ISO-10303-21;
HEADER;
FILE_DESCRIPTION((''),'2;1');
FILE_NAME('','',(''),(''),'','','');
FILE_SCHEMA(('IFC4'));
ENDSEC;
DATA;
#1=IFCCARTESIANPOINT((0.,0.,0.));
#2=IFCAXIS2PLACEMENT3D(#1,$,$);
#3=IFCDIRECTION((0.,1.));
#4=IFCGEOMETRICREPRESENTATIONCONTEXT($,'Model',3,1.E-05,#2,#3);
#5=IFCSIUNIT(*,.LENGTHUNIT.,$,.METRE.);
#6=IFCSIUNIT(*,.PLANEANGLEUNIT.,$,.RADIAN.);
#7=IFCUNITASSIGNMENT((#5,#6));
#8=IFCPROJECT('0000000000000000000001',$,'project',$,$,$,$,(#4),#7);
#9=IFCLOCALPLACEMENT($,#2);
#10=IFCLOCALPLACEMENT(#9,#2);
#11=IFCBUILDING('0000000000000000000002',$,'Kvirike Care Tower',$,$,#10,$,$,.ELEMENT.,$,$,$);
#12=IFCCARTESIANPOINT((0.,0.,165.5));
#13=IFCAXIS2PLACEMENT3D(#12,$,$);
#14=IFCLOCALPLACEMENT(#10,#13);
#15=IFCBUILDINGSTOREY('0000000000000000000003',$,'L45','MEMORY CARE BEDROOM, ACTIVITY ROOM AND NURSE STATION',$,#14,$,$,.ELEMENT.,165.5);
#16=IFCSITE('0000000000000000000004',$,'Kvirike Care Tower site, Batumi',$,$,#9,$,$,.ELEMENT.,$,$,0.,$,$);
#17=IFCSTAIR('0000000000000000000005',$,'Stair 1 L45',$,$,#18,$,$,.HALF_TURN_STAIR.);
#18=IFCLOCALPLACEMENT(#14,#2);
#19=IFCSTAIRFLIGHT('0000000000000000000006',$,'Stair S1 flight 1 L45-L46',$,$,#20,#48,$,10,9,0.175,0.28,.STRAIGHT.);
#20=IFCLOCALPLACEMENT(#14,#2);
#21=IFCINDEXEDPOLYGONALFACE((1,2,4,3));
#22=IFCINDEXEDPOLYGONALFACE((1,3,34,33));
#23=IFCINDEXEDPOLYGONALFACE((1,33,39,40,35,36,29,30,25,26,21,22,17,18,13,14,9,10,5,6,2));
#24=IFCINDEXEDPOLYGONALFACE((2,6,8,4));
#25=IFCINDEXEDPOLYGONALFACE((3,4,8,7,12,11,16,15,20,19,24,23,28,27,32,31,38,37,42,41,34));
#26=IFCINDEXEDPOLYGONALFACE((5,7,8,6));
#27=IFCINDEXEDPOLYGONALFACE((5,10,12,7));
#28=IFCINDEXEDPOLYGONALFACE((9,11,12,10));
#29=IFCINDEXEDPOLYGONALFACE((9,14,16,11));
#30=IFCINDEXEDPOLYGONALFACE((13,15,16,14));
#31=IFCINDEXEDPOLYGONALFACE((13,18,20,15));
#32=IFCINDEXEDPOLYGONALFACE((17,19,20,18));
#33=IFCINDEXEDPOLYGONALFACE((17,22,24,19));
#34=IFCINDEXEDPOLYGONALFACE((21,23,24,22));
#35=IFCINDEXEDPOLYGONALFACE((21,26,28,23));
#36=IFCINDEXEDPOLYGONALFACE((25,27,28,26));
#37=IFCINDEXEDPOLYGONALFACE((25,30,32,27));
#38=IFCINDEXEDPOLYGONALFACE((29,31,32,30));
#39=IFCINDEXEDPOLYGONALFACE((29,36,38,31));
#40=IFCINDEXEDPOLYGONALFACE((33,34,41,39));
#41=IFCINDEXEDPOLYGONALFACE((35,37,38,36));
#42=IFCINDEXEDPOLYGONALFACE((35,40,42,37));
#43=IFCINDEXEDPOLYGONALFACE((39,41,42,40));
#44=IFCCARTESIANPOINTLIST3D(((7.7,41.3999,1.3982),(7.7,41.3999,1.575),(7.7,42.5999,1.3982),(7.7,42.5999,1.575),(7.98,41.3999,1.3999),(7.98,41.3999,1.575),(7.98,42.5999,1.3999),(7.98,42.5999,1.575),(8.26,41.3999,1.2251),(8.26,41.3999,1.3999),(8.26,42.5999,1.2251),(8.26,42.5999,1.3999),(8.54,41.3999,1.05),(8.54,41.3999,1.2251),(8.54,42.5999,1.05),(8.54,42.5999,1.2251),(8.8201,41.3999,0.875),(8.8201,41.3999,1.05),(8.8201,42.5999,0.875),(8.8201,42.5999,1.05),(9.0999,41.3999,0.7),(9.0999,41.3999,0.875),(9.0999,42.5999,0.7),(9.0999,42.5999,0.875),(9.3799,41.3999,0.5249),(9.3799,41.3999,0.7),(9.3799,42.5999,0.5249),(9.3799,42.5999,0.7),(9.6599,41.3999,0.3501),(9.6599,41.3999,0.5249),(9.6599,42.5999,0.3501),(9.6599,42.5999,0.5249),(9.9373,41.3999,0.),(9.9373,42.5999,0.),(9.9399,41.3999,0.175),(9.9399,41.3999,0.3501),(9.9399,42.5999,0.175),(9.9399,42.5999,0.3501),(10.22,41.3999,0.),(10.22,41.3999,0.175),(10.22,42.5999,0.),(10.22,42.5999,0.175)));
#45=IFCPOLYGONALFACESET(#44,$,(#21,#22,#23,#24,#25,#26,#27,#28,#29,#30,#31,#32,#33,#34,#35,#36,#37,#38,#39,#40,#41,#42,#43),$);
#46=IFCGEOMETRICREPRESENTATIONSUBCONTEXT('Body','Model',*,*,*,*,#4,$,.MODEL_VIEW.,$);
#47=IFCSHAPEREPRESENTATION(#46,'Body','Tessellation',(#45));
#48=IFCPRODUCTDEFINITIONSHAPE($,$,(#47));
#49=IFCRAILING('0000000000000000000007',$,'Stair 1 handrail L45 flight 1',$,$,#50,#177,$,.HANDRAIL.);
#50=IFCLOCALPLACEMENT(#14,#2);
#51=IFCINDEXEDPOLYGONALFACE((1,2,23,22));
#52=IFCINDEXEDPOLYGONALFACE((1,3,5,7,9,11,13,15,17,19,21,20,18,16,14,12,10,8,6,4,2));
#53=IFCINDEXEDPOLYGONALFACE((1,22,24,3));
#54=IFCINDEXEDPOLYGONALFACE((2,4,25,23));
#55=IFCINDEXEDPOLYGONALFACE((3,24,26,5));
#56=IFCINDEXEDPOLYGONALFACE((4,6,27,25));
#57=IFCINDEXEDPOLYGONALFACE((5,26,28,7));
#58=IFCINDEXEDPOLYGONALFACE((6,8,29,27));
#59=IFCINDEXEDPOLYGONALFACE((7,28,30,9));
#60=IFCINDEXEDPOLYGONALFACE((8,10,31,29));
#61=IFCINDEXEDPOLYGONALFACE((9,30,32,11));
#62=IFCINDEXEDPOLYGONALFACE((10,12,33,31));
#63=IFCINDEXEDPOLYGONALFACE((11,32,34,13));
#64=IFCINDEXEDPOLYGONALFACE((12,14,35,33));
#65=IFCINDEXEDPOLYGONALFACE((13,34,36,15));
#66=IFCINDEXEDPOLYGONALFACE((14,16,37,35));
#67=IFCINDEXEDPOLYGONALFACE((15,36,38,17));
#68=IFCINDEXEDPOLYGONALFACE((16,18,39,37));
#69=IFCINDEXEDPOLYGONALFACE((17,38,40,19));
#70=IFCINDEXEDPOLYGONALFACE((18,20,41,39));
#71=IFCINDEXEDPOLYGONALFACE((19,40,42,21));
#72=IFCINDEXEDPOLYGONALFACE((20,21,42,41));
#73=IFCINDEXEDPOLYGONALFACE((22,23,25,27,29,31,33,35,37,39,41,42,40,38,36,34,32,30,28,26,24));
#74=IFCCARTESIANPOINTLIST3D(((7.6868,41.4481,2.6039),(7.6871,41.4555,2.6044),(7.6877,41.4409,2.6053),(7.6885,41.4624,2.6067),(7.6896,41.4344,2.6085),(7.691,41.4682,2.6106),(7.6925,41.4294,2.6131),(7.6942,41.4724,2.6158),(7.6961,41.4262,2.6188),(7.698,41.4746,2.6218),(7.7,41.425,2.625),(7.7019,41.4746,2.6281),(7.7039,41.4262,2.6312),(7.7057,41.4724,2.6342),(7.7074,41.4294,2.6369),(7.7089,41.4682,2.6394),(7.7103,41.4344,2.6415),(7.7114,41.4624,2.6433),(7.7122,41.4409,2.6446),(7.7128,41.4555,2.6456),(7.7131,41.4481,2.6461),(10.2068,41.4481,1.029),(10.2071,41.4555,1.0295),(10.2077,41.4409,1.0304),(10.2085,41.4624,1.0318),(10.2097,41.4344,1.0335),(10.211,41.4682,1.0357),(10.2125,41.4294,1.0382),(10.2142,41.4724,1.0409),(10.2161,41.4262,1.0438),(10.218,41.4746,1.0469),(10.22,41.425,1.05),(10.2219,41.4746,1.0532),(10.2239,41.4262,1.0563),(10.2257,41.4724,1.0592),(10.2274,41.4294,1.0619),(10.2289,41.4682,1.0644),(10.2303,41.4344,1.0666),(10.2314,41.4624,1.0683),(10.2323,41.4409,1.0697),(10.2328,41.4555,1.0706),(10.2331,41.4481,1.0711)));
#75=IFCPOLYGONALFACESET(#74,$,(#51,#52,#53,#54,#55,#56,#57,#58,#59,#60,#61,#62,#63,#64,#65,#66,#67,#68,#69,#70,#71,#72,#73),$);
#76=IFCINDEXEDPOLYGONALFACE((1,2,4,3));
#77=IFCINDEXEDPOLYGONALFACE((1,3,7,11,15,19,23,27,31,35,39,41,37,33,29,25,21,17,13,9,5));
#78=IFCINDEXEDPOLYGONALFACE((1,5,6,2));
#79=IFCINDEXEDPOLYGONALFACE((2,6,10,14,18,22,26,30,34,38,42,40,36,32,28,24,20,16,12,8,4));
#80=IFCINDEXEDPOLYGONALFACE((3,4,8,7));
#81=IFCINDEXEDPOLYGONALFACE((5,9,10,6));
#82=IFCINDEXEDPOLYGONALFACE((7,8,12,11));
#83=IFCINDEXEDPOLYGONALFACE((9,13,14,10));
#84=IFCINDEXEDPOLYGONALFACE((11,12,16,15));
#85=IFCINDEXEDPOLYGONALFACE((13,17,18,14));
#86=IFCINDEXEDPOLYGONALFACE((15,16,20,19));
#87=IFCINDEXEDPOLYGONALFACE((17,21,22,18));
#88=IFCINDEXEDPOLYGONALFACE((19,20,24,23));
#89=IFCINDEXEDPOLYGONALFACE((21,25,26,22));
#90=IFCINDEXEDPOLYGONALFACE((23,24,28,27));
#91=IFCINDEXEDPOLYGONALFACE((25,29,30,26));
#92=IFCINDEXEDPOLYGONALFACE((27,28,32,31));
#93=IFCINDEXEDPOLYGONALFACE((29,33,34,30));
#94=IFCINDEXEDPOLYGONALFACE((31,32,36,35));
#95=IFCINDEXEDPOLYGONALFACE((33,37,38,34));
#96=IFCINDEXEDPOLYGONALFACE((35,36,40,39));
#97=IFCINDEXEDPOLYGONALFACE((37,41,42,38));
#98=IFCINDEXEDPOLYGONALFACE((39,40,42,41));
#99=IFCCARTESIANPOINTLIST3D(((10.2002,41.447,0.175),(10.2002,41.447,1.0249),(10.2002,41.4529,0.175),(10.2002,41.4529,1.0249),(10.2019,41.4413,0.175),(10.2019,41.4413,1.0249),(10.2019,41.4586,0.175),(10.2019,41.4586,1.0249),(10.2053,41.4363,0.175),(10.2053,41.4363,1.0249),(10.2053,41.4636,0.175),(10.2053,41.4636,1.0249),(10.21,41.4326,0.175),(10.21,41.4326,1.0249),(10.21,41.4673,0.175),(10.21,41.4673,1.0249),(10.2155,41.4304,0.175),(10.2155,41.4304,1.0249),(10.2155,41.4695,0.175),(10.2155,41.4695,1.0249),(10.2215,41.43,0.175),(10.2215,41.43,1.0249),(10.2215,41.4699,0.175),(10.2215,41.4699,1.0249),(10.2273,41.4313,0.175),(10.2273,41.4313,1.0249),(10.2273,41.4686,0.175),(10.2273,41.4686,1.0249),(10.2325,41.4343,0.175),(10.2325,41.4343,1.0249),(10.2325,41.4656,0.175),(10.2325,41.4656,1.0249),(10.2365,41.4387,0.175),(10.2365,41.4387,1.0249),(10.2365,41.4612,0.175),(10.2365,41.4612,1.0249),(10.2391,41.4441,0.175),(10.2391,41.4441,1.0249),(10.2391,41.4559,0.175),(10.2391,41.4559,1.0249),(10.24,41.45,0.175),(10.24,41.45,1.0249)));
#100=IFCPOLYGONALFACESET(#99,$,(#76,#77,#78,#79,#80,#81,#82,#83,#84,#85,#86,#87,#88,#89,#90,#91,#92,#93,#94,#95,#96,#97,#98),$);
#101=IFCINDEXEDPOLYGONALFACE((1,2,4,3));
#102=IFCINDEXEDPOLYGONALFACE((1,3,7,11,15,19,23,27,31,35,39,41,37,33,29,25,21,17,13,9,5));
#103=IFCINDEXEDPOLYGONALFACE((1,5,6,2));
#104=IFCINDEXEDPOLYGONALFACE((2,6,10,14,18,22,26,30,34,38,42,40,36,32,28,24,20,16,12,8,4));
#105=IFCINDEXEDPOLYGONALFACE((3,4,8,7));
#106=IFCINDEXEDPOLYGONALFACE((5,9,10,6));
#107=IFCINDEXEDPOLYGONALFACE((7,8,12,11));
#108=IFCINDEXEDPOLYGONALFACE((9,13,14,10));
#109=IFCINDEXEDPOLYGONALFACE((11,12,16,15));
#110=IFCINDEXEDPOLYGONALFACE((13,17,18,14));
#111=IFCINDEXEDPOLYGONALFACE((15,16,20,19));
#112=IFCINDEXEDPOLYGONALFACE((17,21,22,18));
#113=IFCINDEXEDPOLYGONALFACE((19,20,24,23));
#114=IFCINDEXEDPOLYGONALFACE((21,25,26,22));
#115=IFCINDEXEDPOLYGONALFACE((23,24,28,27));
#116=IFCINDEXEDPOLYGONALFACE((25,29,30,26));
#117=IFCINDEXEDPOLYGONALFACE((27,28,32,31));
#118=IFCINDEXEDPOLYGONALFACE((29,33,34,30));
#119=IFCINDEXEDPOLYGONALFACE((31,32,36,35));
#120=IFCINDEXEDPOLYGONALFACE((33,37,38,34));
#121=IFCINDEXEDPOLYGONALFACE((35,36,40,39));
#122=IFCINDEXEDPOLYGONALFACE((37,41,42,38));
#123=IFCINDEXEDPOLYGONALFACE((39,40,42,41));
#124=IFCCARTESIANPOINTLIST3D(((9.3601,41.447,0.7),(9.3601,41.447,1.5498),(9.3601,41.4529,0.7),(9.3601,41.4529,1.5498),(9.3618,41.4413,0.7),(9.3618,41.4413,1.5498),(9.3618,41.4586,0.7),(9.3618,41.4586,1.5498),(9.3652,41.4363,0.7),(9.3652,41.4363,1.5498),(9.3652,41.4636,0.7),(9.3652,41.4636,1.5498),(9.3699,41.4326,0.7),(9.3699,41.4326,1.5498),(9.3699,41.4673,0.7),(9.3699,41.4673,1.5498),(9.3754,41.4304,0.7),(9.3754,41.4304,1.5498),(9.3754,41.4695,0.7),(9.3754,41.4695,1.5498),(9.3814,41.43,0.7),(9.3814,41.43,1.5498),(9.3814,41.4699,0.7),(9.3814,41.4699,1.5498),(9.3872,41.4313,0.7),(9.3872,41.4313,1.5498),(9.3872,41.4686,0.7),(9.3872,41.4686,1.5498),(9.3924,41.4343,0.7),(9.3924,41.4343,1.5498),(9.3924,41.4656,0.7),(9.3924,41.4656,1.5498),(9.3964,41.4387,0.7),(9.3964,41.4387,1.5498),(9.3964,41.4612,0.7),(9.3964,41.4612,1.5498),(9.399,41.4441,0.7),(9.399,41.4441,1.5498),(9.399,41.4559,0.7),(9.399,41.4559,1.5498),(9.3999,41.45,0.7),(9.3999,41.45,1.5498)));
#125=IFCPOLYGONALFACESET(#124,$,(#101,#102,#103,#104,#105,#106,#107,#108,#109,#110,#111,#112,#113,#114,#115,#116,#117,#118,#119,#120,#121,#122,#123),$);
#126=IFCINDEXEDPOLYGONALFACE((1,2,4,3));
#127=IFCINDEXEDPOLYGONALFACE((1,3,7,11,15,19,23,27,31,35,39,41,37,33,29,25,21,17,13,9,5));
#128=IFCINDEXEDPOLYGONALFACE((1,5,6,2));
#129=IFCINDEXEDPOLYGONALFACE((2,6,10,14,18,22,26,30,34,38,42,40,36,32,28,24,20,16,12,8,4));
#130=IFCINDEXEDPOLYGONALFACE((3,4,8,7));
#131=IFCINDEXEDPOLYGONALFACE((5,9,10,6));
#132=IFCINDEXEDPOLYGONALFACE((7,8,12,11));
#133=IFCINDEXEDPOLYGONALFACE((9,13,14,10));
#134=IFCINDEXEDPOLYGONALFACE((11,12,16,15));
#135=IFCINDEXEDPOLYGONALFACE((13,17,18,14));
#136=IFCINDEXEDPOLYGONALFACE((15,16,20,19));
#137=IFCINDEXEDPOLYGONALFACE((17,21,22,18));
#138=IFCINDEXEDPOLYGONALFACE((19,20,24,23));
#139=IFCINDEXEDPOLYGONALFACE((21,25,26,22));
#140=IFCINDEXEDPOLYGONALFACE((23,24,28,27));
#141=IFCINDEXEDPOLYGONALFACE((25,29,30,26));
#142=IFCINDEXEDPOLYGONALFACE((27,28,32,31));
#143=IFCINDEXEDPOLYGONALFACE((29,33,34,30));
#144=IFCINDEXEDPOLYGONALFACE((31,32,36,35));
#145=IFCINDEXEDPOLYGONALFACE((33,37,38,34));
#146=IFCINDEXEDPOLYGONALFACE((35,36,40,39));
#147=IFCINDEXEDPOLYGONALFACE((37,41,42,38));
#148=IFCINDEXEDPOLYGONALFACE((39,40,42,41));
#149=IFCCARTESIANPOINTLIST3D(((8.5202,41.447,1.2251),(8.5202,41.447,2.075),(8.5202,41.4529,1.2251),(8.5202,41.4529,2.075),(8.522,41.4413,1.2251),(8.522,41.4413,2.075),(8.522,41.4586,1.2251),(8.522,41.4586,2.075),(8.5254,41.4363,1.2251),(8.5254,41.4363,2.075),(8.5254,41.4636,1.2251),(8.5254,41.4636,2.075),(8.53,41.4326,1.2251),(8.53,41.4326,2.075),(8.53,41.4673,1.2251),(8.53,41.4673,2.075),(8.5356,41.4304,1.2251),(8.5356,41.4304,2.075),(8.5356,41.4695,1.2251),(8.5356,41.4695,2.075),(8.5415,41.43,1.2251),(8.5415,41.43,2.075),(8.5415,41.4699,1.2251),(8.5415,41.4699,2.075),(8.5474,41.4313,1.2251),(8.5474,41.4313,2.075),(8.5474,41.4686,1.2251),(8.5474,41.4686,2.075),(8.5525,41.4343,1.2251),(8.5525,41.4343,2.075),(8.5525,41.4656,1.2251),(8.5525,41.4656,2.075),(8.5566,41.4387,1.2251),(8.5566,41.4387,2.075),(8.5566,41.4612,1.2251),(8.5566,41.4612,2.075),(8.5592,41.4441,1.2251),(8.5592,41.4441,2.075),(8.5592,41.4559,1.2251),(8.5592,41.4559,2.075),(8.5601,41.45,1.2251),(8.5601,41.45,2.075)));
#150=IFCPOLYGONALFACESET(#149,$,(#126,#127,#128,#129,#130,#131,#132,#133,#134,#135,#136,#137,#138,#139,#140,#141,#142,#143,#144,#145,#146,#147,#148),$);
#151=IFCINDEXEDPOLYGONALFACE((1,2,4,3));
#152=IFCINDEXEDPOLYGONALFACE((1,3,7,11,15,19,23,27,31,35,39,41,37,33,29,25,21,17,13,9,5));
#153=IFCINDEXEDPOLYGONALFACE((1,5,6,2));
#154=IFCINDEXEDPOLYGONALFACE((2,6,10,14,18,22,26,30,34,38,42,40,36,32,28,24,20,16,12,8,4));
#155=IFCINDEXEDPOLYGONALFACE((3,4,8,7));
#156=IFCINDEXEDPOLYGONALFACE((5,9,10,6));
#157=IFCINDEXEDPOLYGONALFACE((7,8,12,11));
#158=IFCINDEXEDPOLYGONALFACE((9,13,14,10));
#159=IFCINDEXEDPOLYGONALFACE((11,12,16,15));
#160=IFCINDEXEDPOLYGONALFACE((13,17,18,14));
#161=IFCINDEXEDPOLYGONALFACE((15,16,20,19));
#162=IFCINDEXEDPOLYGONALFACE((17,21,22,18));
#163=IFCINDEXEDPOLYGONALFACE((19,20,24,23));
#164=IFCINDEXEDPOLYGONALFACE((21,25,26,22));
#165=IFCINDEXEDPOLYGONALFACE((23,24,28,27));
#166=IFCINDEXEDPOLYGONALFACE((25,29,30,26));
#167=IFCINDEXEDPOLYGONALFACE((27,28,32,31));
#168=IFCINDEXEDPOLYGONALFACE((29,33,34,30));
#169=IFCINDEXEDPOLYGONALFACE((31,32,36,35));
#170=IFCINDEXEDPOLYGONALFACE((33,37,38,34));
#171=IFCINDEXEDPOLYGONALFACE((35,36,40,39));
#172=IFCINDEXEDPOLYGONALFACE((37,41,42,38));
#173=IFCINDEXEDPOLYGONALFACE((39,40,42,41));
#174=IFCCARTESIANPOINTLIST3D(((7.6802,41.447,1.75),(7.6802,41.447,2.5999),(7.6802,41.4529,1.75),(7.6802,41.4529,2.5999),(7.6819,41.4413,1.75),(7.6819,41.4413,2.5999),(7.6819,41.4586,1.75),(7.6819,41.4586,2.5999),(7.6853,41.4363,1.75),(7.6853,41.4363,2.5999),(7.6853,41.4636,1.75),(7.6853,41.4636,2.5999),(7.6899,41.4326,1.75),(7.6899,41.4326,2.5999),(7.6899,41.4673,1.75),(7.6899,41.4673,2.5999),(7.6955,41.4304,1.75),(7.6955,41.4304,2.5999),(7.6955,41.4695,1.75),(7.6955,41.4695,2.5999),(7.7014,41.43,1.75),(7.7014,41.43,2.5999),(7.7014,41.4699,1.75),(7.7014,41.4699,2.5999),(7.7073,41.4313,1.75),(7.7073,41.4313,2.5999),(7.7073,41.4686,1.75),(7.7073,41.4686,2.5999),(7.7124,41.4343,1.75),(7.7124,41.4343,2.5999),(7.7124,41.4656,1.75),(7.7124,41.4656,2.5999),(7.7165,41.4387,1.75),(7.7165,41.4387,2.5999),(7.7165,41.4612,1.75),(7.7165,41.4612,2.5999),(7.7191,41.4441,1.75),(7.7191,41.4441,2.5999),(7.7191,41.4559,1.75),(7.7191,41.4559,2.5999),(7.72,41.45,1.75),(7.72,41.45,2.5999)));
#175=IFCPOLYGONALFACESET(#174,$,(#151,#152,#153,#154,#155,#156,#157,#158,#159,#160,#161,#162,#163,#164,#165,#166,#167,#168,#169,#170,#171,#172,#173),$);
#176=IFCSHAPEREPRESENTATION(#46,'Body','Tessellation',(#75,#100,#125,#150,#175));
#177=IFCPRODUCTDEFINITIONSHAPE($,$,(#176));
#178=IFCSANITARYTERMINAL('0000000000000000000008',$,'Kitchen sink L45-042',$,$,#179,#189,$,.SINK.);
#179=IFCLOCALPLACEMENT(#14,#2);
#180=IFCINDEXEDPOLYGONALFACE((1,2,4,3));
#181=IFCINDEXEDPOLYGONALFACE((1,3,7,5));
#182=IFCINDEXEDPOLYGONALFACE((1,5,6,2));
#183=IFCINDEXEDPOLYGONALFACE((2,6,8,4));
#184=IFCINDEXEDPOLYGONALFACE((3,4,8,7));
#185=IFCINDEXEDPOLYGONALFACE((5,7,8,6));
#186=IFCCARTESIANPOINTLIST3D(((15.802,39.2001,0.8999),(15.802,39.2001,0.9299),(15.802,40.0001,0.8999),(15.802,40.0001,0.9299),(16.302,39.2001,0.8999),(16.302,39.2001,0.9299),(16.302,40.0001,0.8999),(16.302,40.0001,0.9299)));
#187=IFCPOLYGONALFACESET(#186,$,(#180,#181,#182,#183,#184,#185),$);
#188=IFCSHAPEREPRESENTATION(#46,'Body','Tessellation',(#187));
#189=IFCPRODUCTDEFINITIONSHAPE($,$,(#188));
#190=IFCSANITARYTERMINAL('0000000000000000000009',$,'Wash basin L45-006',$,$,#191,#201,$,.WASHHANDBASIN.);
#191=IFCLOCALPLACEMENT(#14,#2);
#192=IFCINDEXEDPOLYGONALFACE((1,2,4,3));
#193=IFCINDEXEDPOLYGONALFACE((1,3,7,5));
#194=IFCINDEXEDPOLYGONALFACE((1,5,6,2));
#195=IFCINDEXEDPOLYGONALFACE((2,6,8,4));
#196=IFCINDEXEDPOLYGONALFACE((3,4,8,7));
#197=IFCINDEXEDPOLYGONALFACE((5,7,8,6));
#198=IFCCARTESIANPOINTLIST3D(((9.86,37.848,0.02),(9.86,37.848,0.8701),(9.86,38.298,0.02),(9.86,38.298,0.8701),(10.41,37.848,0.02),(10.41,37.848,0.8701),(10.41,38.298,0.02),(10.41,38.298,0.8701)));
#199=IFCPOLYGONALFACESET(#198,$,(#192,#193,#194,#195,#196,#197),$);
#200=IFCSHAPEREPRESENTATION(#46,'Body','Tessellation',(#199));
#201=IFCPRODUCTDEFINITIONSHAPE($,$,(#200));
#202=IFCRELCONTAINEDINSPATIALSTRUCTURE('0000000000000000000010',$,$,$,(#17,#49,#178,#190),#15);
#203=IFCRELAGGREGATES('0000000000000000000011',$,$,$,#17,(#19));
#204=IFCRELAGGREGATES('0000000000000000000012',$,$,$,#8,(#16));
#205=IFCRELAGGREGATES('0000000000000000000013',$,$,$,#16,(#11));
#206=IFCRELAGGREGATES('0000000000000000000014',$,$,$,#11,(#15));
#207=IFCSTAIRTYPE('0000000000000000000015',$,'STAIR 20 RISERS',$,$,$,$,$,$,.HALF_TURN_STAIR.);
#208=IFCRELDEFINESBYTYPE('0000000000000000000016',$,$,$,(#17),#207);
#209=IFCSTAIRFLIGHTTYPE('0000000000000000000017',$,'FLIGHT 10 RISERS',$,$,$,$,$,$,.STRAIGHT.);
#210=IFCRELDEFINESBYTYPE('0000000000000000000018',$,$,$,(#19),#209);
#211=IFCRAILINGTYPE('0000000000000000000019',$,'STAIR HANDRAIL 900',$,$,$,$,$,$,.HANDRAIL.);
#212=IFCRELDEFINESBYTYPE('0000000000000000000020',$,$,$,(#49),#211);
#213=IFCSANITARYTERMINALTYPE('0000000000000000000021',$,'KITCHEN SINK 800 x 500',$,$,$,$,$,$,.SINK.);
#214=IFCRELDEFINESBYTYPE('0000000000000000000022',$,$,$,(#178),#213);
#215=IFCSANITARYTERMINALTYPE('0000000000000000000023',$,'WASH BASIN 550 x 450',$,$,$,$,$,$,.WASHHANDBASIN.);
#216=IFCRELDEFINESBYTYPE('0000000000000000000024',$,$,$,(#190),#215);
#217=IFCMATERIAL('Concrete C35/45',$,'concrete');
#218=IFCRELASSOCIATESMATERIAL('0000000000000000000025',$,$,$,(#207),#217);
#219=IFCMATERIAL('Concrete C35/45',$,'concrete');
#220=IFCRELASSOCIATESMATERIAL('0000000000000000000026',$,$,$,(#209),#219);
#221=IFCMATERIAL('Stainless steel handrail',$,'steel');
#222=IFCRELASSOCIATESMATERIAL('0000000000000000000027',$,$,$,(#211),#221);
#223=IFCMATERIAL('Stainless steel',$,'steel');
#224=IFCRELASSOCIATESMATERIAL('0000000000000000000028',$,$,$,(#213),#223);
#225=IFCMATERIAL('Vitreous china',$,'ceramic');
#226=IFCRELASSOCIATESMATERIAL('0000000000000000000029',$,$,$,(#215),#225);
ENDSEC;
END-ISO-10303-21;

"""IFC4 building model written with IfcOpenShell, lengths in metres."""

from ifc_helpers import new_model, si_unit, direction, frame, origin, origin_2d, place, context, subcontext, project, spatial, polyline, rectangle, circle, outline, extrude, material, type_object, element, aggregate, save


model = new_model("IFC4")

# Units and contexts
model_context = context("Model", 3, precision=1e-05, world=origin(), true_north=direction((0.0, 1.0)))
body_context = subcontext(model_context, "Body", "Model", "MODEL_VIEW")
ifc_project = project(units=[si_unit("LENGTHUNIT", "METRE"), si_unit("PLANEANGLEUNIT", "RADIAN")], contexts=[model_context])

# Site, building, storey
site_placement = place(None, origin())
site = spatial("IfcSite", under=ifc_project, at=site_placement, Name="Kvirike Care Tower site, Batumi", CompositionType="ELEMENT", RefElevation=0.0)
building_placement = place(site_placement, origin())
building = spatial("IfcBuilding", under=site, at=building_placement, Name="Kvirike Care Tower", CompositionType="ELEMENT")
storey_placement = place(building_placement, frame((0.0, 0.0, 165.5)))
storey = spatial("IfcBuildingStorey", under=building, at=storey_placement, Name="L45", Description="MEMORY CARE BEDROOM, ACTIVITY ROOM AND NURSE STATION", CompositionType="ELEMENT", Elevation=165.5)

# Stair, stair flight
ifc_material_1 = material(Name="Concrete C35/45", Category="concrete")
stair_type = type_object("IfcStairType", Name="STAIR 20 RISERS", PredefinedType="HALF_TURN_STAIR", material=ifc_material_1)
stair_placement = place(storey_placement, origin())
stair = element("IfcStair", 1, at=stair_placement, inside=storey, type_object=stair_type, Name="Stair 1 L45", PredefinedType="HALF_TURN_STAIR")
ifc_material_2 = material(Name="Concrete C35/45", Category="concrete")
stair_flight_type = type_object("IfcStairFlightType", Name="FLIGHT 10 RISERS", PredefinedType="STRAIGHT", material=ifc_material_2)
stair_flight_placement = place(storey_placement, frame((10.22, 42.0, 0.0), z_axis=(0.0, 0.0, 1.0), x_axis=(-1.0, 0.0, 0.0)))
stair_flight = element("IfcStairFlight", 2, at=stair_flight_placement, type_object=stair_flight_type, Name="Stair S1 flight 1 L45-L46", NumberOfRisers=10, NumberOfTreads=9, PredefinedType="STRAIGHT", RiserHeight=0.175, TreadLength=0.28, context=body_context, shape_type="SweptSolid", body=[
    extrude(outline(polyline([(0.0, 0.0), (0.0, 0.175), (0.28, 0.175), (0.28, 0.3501), (0.5601, 0.3501), (0.5601, 0.5249), (0.8401, 0.5249), (0.8401, 0.7), (1.1201, 0.7), (1.1201, 0.875), (1.3999, 0.875), (1.3999, 1.05), (1.6799, 1.05), (1.6799, 1.2251), (1.96, 1.2251), (1.96, 1.3999), (2.24, 1.3999), (2.24, 1.575), (2.52, 1.575), (2.52, 1.75), (2.52, 1.3982), (0.2827, 0.0), (0.0, 0.0)])), frame((0.0, 0.6001, 0.0), z_axis=(0.0, -1.0, 0.0), x_axis=(1.0, 0.0, 0.0)), (0.0, 0.0, 1.0), 1.2),
])
aggregate(stair, [stair_flight])

# Railing
ifc_material_3 = material(Name="Stainless steel handrail", Category="steel")
railing_type = type_object("IfcRailingType", Name="STAIR HANDRAIL 900", PredefinedType="HANDRAIL", material=ifc_material_3)
railing_placement = place(storey_placement, frame((10.22, 41.45, 0.175)))
element("IfcRailing", 3, at=railing_placement, inside=storey, type_object=railing_type, Name="Stair 1 handrail L45 flight 1", PredefinedType="HANDRAIL", context=body_context, shape_type="SweptSolid", body=[
    extrude(circle(Radius=0.0249, at=origin_2d()), frame((0.0, 0.0, 0.875), z_axis=(-0.848008, 0.0, 0.529984), x_axis=(0.0, -1.0, 0.0)), (0.0, 0.0, 1.0), 2.9717),
    extrude(circle(Radius=0.02, at=origin_2d()), origin(), (0.0, 0.0, 1.0), 0.8499),
    extrude(circle(Radius=0.02, at=origin_2d()), frame((-0.8401, 0.0, 0.5249)), (0.0, 0.0, 1.0), 0.8499),
    extrude(circle(Radius=0.02, at=origin_2d()), frame((-1.6799, 0.0, 1.05)), (0.0, 0.0, 1.0), 0.8499),
    extrude(circle(Radius=0.02, at=origin_2d()), frame((-2.52, 0.0, 1.575)), (0.0, 0.0, 1.0), 0.8499),
])

# Sanitary terminals
ifc_material_4 = material(Name="Stainless steel", Category="steel")
sanitary_terminal_type_1 = type_object("IfcSanitaryTerminalType", Name="KITCHEN SINK 800 x 500", PredefinedType="SINK", material=ifc_material_4)
sanitary_terminal_1_placement = place(storey_placement, frame((16.052, 39.6001, 0.8999), z_axis=(0.0, 0.0, 1.0), x_axis=(0.0, 1.0, 0.0)))
element("IfcSanitaryTerminal", 4, at=sanitary_terminal_1_placement, inside=storey, type_object=sanitary_terminal_type_1, Name="Kitchen sink L45-042", PredefinedType="SINK", context=body_context, shape_type="SweptSolid", body=[
    extrude(rectangle(XDim=0.8, YDim=0.5, at=origin_2d()), origin(), (0.0, 0.0, 1.0), 0.03),
])
ifc_material_5 = material(Name="Vitreous china", Category="ceramic")
sanitary_terminal_type_2 = type_object("IfcSanitaryTerminalType", Name="WASH BASIN 550 x 450", PredefinedType="WASHHANDBASIN", material=ifc_material_5)
sanitary_terminal_2_placement = place(storey_placement, frame((10.135, 38.073, 0.02), z_axis=(0.0, 0.0, 1.0), x_axis=(1.0, 0.0, 0.0)))
element("IfcSanitaryTerminal", 5, at=sanitary_terminal_2_placement, inside=storey, type_object=sanitary_terminal_type_2, Name="Wash basin L45-006", PredefinedType="WASHHANDBASIN", context=body_context, shape_type="SweptSolid", body=[
    extrude(rectangle(XDim=0.55, YDim=0.45, at=origin_2d()), origin(), (0.0, 0.0, 1.0), 0.8501),
])

save(model, "model.ifc")
